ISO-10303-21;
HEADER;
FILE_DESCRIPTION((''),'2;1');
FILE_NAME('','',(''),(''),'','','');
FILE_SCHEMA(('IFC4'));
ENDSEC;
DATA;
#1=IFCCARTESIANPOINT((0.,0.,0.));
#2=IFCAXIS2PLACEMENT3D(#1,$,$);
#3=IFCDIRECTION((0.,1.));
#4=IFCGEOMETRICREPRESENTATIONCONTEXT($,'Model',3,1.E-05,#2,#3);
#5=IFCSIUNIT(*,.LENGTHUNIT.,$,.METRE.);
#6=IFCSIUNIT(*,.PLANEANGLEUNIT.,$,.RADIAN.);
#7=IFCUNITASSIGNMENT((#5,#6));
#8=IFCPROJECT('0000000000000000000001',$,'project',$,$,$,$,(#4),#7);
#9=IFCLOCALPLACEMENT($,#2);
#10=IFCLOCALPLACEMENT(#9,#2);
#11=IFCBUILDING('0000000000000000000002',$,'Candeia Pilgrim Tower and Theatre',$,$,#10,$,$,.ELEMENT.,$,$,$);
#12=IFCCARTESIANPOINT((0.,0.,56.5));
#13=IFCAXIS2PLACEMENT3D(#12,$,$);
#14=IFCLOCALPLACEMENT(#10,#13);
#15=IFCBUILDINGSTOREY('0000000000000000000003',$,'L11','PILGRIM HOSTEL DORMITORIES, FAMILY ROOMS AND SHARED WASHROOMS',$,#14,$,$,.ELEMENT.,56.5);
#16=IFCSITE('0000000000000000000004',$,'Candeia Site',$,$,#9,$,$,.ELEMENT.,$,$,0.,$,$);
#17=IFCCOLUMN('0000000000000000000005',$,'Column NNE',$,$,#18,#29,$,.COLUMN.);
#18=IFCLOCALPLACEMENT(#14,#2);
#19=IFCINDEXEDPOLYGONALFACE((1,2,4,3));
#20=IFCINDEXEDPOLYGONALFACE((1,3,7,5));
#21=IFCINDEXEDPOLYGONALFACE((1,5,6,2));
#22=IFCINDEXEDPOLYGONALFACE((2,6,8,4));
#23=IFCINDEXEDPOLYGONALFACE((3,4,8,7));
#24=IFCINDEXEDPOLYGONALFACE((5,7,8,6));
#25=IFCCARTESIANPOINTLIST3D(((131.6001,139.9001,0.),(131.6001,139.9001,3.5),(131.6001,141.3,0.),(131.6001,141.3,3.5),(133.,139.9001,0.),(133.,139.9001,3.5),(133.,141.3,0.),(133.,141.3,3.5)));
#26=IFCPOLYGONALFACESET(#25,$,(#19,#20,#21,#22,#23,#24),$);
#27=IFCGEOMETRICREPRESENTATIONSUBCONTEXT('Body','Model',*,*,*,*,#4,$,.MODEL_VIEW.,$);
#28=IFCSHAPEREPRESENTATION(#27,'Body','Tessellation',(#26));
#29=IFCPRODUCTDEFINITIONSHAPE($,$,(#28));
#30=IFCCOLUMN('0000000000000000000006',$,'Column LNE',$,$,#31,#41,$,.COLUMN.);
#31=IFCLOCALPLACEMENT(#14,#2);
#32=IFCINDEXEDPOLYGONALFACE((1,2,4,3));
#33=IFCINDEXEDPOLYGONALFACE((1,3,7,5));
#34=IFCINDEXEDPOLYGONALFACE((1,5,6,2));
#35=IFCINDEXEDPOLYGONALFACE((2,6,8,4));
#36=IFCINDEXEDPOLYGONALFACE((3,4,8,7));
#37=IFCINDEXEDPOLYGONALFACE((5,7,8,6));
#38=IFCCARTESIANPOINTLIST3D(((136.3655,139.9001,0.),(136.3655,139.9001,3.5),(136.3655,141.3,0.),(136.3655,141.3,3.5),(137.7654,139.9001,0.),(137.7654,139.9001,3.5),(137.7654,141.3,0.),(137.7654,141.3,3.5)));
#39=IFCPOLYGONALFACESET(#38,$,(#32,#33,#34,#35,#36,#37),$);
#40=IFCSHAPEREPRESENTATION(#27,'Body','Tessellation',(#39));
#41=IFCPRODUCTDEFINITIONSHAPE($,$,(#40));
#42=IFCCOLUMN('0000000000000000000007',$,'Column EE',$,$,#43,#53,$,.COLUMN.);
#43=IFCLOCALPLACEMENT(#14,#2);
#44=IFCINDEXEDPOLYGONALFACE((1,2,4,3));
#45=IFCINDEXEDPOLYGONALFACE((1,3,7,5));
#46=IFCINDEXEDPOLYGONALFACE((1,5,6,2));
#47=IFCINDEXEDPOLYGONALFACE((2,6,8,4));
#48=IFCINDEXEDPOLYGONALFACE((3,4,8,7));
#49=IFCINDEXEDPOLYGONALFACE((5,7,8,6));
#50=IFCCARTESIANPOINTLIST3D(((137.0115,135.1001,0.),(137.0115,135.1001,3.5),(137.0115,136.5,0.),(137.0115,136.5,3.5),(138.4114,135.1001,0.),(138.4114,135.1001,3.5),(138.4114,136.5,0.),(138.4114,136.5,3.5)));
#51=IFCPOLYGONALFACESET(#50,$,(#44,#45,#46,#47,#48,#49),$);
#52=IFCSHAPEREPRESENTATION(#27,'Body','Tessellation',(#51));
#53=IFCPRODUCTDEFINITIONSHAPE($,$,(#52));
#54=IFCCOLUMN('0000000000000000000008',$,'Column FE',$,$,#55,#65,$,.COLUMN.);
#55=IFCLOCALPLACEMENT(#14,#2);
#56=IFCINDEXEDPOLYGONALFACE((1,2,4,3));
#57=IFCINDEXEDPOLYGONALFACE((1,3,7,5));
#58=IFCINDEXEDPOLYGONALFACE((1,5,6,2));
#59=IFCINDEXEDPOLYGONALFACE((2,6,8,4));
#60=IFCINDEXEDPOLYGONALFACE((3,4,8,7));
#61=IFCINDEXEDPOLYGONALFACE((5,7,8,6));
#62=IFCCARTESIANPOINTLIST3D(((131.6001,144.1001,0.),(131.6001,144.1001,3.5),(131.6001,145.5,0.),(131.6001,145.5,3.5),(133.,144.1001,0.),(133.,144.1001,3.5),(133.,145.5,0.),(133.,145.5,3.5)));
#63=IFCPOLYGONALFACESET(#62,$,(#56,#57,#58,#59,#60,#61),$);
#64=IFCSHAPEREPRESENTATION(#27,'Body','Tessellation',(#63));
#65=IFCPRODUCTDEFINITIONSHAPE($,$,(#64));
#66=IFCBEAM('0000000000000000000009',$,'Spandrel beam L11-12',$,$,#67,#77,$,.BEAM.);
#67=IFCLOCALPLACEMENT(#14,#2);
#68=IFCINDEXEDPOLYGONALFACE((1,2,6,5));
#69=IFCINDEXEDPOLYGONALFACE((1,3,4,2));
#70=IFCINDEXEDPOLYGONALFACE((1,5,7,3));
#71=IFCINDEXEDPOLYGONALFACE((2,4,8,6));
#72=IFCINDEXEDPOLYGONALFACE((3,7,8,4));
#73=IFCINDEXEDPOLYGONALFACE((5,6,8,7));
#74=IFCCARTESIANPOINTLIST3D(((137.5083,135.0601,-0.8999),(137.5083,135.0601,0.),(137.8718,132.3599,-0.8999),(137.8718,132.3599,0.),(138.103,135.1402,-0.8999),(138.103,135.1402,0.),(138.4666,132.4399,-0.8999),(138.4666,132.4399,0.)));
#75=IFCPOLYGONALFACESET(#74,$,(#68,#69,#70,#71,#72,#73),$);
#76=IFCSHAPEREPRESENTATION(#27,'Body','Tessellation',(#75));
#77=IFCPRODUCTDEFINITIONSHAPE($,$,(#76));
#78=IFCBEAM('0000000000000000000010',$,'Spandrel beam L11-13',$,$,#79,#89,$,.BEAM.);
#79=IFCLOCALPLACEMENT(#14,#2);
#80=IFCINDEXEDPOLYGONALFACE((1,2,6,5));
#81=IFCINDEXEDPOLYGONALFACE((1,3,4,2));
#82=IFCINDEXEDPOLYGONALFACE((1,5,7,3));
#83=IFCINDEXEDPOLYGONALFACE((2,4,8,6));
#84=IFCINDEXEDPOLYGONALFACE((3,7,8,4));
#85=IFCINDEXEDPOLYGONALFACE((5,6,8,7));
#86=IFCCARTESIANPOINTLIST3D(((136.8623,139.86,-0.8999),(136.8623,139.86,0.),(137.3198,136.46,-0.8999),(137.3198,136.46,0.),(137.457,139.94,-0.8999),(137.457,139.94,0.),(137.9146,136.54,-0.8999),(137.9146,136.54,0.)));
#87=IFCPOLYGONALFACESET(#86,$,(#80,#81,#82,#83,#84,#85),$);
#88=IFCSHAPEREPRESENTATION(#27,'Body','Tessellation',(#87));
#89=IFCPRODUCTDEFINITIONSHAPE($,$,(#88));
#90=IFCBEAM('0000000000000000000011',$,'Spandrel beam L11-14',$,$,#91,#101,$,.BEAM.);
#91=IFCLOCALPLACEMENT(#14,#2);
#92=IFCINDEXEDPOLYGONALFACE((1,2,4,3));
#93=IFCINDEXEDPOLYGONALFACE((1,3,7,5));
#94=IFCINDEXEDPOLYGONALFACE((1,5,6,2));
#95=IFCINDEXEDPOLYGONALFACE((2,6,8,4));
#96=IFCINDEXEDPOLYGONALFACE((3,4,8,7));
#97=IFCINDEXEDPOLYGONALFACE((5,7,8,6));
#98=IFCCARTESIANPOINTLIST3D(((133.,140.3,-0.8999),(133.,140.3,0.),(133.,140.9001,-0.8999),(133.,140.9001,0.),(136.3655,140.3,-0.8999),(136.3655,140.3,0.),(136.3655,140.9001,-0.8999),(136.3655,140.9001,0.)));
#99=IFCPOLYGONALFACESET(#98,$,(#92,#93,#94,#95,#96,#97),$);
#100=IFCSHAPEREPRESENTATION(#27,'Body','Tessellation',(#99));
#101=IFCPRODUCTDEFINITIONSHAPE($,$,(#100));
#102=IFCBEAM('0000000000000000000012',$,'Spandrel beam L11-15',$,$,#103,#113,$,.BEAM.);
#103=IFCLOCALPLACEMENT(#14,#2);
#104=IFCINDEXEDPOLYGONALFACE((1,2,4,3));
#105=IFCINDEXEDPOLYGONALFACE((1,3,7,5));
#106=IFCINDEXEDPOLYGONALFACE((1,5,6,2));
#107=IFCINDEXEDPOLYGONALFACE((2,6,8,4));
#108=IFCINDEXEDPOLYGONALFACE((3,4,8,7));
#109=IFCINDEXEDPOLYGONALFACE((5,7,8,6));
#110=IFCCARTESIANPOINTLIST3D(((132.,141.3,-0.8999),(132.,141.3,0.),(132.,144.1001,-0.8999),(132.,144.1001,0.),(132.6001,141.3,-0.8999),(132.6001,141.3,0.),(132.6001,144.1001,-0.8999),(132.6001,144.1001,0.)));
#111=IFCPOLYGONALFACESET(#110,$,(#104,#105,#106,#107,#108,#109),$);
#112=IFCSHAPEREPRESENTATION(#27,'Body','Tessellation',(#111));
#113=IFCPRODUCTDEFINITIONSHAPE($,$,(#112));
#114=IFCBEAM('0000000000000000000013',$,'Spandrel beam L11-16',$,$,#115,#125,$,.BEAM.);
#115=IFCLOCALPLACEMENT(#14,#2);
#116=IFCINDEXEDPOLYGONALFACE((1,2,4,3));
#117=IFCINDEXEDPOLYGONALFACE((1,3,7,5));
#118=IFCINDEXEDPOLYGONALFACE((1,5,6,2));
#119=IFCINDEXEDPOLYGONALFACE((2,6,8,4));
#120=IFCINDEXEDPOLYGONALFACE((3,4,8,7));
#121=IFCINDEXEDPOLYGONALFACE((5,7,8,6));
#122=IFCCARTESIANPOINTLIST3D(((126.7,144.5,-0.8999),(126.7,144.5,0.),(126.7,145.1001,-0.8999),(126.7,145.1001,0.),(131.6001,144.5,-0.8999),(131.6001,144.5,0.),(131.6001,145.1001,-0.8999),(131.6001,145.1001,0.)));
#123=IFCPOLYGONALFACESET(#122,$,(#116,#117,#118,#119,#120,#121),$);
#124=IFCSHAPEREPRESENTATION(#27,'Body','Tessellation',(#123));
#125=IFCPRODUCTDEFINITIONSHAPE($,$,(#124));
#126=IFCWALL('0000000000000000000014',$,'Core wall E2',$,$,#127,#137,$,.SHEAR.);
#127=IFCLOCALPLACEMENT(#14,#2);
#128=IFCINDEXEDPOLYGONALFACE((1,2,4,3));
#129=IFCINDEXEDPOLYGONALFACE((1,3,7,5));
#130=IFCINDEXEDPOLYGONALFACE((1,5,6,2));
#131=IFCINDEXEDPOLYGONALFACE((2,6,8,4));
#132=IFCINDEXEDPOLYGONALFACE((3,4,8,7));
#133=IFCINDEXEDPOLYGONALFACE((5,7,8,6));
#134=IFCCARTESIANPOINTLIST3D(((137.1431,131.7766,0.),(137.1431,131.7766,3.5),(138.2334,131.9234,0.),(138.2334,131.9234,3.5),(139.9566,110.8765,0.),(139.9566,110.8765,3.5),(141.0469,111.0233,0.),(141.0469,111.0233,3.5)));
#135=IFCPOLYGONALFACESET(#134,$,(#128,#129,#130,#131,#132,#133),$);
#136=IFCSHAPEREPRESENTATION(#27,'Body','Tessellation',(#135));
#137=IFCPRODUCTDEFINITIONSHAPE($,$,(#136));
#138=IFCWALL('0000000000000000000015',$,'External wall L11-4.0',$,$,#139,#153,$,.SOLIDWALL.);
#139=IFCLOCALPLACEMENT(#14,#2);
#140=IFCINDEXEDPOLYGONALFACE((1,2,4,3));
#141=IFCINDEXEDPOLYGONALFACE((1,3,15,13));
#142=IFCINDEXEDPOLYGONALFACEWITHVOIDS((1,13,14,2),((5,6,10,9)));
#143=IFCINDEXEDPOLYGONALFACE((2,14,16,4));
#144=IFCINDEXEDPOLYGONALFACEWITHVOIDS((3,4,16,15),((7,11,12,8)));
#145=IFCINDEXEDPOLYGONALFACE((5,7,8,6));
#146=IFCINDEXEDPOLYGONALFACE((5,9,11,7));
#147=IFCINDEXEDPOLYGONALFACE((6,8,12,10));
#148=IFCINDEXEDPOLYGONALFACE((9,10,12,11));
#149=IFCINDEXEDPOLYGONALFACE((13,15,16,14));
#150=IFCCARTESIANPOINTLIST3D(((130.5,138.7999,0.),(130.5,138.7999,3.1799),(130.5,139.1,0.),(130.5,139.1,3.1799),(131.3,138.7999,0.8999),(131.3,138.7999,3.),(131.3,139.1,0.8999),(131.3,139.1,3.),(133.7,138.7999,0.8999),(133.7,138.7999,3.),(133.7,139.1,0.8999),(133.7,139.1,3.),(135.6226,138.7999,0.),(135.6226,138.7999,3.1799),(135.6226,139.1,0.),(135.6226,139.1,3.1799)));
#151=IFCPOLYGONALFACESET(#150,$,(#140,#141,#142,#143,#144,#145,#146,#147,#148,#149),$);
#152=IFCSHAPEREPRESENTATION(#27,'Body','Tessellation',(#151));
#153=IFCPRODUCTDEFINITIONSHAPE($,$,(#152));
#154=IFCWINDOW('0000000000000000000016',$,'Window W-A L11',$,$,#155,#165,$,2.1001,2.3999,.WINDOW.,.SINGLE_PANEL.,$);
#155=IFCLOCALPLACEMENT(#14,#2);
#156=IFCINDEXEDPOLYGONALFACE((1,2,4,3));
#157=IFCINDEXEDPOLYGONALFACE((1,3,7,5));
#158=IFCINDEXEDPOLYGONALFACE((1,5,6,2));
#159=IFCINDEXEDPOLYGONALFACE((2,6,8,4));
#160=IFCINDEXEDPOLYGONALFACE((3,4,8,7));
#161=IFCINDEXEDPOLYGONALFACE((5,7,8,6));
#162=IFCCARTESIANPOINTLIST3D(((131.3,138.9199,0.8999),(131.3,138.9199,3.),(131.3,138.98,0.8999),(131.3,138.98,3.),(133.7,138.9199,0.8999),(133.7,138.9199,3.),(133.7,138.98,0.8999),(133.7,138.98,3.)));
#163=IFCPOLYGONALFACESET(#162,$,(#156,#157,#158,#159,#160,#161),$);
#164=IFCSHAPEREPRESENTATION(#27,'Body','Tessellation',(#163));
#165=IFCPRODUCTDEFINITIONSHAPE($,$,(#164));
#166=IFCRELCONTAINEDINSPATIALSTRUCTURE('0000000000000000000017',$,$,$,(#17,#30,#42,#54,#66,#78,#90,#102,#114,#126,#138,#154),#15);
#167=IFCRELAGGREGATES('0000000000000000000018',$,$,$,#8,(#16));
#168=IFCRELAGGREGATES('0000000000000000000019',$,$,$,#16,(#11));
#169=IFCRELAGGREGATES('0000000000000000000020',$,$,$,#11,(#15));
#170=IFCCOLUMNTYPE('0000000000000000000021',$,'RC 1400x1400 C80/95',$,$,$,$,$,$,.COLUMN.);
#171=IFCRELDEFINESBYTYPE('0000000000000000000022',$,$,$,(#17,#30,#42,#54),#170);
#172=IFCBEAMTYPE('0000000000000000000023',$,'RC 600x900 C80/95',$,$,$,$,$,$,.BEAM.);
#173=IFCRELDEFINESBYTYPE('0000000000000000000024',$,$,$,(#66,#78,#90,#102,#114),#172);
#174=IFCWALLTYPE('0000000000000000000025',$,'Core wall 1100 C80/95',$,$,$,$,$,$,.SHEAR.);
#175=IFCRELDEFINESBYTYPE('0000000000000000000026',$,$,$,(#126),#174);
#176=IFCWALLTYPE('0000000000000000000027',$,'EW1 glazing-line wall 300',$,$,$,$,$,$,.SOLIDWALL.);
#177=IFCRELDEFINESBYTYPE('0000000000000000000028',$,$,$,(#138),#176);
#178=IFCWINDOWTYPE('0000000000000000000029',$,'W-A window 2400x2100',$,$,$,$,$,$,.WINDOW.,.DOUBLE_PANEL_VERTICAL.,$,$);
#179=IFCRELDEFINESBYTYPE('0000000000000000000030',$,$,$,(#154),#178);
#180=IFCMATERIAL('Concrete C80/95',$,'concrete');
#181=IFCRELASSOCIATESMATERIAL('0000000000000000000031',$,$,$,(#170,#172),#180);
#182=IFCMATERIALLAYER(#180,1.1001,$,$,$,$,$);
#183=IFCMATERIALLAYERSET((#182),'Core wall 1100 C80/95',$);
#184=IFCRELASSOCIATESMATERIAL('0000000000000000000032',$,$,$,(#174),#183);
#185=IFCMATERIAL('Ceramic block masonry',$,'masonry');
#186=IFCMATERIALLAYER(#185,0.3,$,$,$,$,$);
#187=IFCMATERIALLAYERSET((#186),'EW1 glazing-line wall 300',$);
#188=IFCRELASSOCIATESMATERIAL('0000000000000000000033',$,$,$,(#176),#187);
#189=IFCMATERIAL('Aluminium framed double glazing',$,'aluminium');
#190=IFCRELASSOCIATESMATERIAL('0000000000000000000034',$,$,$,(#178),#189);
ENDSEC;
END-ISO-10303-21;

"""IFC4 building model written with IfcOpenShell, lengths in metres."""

from ifc_helpers import new_model, si_unit, direction, frame, frame_2d, origin, origin_2d, place, context, subcontext, project, spatial, rectangle, extrude, material, layer, layer_set, material_profile, profile_set, type_object, element, fill, save


model = new_model("IFC4")

# Units and contexts
model_context = context("Model", 3, precision=1e-05, world=origin(), true_north=direction((0.0, 1.0)))
body_context = subcontext(model_context, "Body", "Model", "MODEL_VIEW")
ifc_project = project(units=[si_unit("LENGTHUNIT", "METRE"), si_unit("PLANEANGLEUNIT", "RADIAN")], contexts=[model_context])

# Site, building, storey
site_placement = place(None, origin())
site = spatial("IfcSite", under=ifc_project, at=site_placement, Name="Candeia Site", CompositionType="ELEMENT", RefElevation=0.0)
building_placement = place(site_placement, origin())
building = spatial("IfcBuilding", under=site, at=building_placement, Name="Candeia Pilgrim Tower and Theatre", CompositionType="ELEMENT")
storey_placement = place(building_placement, frame((0.0, 0.0, 56.5)))
storey = spatial("IfcBuildingStorey", under=building, at=storey_placement, Name="L11", Description="PILGRIM HOSTEL DORMITORIES, FAMILY ROOMS AND SHARED WASHROOMS", CompositionType="ELEMENT", Elevation=56.5)

# Columns
ifc_material_1 = material(Name="Concrete C80/95", Category="concrete")
ifc_material_profile_1 = material_profile(ifc_material_1, rectangle(XDim=1.3999, YDim=1.3999, at=origin_2d()))
ifc_profile_set_1 = profile_set([ifc_material_profile_1], Name="Concrete C80/95")
column_type = type_object("IfcColumnType", Name="RC 1400x1400 C80/95", PredefinedType="COLUMN", material=ifc_profile_set_1)
for number, where, z_axis, x_axis, name in (
    (1, (132.3, 140.6001, 0.0), (0.0, 0.0, 1.0), (1.0, 0.0, 0.0), "Column NNE"),
    (2, (137.0654, 140.6001, 0.0), (0.0, 0.0, 1.0), (1.0, 0.0, 0.0), "Column LNE"),
    (3, (137.7114, 135.8, 0.0), (0.0, 0.0, 1.0), (1.0, 0.0, 0.0), "Column EE"),
    (4, (132.3, 144.8, 0.0), (0.0, 0.0, 1.0), (1.0, 0.0, 0.0), "Column FE"),
):
    element("IfcColumn", number, at=place(storey_placement, frame(where, z_axis=z_axis, x_axis=x_axis)), inside=storey, type_object=column_type, Name=name, PredefinedType="COLUMN", context=body_context, shape_type="SweptSolid", body=[
        extrude(rectangle(XDim=1.3999, YDim=1.3999, at=origin_2d()), origin(), (0.0, 0.0, 1.0), 3.5),
    ])

# Beams
ifc_material_profile_2 = material_profile(ifc_material_1, rectangle(XDim=0.6001, YDim=0.8999, at=origin_2d()))
ifc_profile_set_2 = profile_set([ifc_material_profile_2], Name="Concrete C80/95")
beam_type = type_object("IfcBeamType", Name="RC 600x900 C80/95", PredefinedType="BEAM", material=ifc_profile_set_2)
beam_1_placement = place(storey_placement, frame((138.1692, 132.3999, -0.45), z_axis=(-0.133426, 0.991059, 0.0), x_axis=(-0.991059, -0.133426, 0.0)))
element("IfcBeam", 5, at=beam_1_placement, inside=storey, type_object=beam_type, Name="Spandrel beam L11-12", PredefinedType="BEAM", context=body_context, shape_type="SweptSolid", body=[
    extrude(rectangle(XDim=0.6001, YDim=0.8999, at=origin_2d()), origin(), (0.0, 0.0, 1.0), 2.7246),
])
beam_2_placement = place(storey_placement, frame((137.6172, 136.5, -0.45), z_axis=(-0.133366, 0.991067, 0.0), x_axis=(-0.991067, -0.133366, 0.0)))
element("IfcBeam", 6, at=beam_2_placement, inside=storey, type_object=beam_type, Name="Spandrel beam L11-13", PredefinedType="BEAM", context=body_context, shape_type="SweptSolid", body=[
    extrude(rectangle(XDim=0.6001, YDim=0.8999, at=origin_2d()), origin(), (0.0, 0.0, 1.0), 3.4307),
])
beam_3_placement = place(storey_placement, frame((136.3655, 140.6001, -0.45), z_axis=(-1.0, 0.0, 0.0), x_axis=(0.0, -1.0, 0.0)))
element("IfcBeam", 7, at=beam_3_placement, inside=storey, type_object=beam_type, Name="Spandrel beam L11-14", PredefinedType="BEAM", context=body_context, shape_type="SweptSolid", body=[
    extrude(rectangle(XDim=0.6001, YDim=0.8999, at=origin_2d()), origin(), (0.0, 0.0, 1.0), 3.3655),
])
beam_4_placement = place(storey_placement, frame((132.3, 141.3, -0.45), z_axis=(0.0, 1.0, 0.0), x_axis=(-1.0, 0.0, 0.0)))
element("IfcBeam", 8, at=beam_4_placement, inside=storey, type_object=beam_type, Name="Spandrel beam L11-15", PredefinedType="BEAM", context=body_context, shape_type="SweptSolid", body=[
    extrude(rectangle(XDim=0.6001, YDim=0.8999, at=origin_2d()), origin(), (0.0, 0.0, 1.0), 2.8),
])
beam_5_placement = place(storey_placement, frame((131.6001, 144.8, -0.45), z_axis=(-1.0, 0.0, 0.0), x_axis=(0.0, -1.0, 0.0)))
element("IfcBeam", 9, at=beam_5_placement, inside=storey, type_object=beam_type, Name="Spandrel beam L11-16", PredefinedType="BEAM", context=body_context, shape_type="SweptSolid", body=[
    extrude(rectangle(XDim=0.6001, YDim=0.8999, at=origin_2d()), origin(), (0.0, 0.0, 1.0), 4.9001),
])

# Wall
ifc_layer_1 = layer(ifc_material_1, 1.1001)
ifc_layer_set_1 = layer_set([ifc_layer_1], Name="Core wall 1100 C80/95")
wall_type_1 = type_object("IfcWallType", Name="Core wall 1100 C80/95", PredefinedType="SHEAR", material=ifc_layer_set_1)
wall_1_placement = place(storey_placement, frame((137.6882, 131.8501, 0.0), z_axis=(0.0, 0.0, 1.0), x_axis=(0.133412, -0.991061, 0.0)))
element("IfcWall", 10, at=wall_1_placement, inside=storey, type_object=wall_type_1, Name="Core wall E2", PredefinedType="SHEAR", context=body_context, shape_type="SweptSolid", body=[
    extrude(rectangle(XDim=21.0886, YDim=1.1001, at=frame_2d((10.5444, 0.0))), origin(), (0.0, 0.0, 1.0), 3.5),
])

# Shared definitions
ifc_material_2 = material(Name="Ceramic block masonry", Category="masonry")
ifc_layer_2 = layer(ifc_material_2, 0.3)
ifc_layer_set_2 = layer_set([ifc_layer_2], Name="EW1 glazing-line wall 300")
wall_type_2 = type_object("IfcWallType", Name="EW1 glazing-line wall 300", PredefinedType="SOLIDWALL", material=ifc_layer_set_2)
ifc_material_3 = material(Name="Aluminium framed double glazing", Category="aluminium")
window_type = type_object("IfcWindowType", Name="W-A window 2400x2100", PartitioningType="DOUBLE_PANEL_VERTICAL", PredefinedType="WINDOW", material=ifc_material_3)

# Wall, opening, window
wall_2_placement = place(storey_placement, frame((135.6226, 138.95, 0.0), z_axis=(0.0, 0.0, 1.0), x_axis=(-1.0, 0.0, 0.0)))
wall_2 = element("IfcWall", 11, at=wall_2_placement, inside=storey, type_object=wall_type_2, Name="External wall L11-4.0", PredefinedType="SOLIDWALL", context=body_context, shape_type="SweptSolid", body=[
    extrude(rectangle(XDim=5.1226, YDim=0.3, at=frame_2d((2.5613, 0.0))), origin(), (0.0, 0.0, 1.0), 3.1799),
])
opening_1_placement = place(wall_2_placement, frame((1.9226, 0.0, 0.8999)))
opening_1 = element("IfcOpeningElement", 12, at=opening_1_placement, cuts=wall_2, PredefinedType="OPENING", context=body_context, shape_type="SweptSolid", body=[
    extrude(rectangle(XDim=2.3999, YDim=2.1001, at=frame_2d((1.2, 1.05))), frame((0.0, 0.1602, 0.0), z_axis=(0.0, -1.0, 0.0), x_axis=(1.0, 0.0, 0.0)), (0.0, 0.0, 1.0), 0.3201),
])
window_1_placement = place(opening_1_placement, origin())
window_1 = element("IfcWindow", 13, at=window_1_placement, inside=storey, type_object=window_type, Name="Window W-A L11", OverallHeight=2.1001, OverallWidth=2.3999, PartitioningType="SINGLE_PANEL", PredefinedType="WINDOW", context=body_context, shape_type="SweptSolid", body=[
    extrude(rectangle(XDim=2.3999, YDim=2.1001, at=frame_2d((1.2, 1.05))), frame((0.0, 0.03, 0.0), z_axis=(0.0, -1.0, 0.0), x_axis=(1.0, 0.0, 0.0)), (0.0, 0.0, 1.0), 0.0601),
])
fill(opening_1, window_1)

save(model, "model.ifc")
